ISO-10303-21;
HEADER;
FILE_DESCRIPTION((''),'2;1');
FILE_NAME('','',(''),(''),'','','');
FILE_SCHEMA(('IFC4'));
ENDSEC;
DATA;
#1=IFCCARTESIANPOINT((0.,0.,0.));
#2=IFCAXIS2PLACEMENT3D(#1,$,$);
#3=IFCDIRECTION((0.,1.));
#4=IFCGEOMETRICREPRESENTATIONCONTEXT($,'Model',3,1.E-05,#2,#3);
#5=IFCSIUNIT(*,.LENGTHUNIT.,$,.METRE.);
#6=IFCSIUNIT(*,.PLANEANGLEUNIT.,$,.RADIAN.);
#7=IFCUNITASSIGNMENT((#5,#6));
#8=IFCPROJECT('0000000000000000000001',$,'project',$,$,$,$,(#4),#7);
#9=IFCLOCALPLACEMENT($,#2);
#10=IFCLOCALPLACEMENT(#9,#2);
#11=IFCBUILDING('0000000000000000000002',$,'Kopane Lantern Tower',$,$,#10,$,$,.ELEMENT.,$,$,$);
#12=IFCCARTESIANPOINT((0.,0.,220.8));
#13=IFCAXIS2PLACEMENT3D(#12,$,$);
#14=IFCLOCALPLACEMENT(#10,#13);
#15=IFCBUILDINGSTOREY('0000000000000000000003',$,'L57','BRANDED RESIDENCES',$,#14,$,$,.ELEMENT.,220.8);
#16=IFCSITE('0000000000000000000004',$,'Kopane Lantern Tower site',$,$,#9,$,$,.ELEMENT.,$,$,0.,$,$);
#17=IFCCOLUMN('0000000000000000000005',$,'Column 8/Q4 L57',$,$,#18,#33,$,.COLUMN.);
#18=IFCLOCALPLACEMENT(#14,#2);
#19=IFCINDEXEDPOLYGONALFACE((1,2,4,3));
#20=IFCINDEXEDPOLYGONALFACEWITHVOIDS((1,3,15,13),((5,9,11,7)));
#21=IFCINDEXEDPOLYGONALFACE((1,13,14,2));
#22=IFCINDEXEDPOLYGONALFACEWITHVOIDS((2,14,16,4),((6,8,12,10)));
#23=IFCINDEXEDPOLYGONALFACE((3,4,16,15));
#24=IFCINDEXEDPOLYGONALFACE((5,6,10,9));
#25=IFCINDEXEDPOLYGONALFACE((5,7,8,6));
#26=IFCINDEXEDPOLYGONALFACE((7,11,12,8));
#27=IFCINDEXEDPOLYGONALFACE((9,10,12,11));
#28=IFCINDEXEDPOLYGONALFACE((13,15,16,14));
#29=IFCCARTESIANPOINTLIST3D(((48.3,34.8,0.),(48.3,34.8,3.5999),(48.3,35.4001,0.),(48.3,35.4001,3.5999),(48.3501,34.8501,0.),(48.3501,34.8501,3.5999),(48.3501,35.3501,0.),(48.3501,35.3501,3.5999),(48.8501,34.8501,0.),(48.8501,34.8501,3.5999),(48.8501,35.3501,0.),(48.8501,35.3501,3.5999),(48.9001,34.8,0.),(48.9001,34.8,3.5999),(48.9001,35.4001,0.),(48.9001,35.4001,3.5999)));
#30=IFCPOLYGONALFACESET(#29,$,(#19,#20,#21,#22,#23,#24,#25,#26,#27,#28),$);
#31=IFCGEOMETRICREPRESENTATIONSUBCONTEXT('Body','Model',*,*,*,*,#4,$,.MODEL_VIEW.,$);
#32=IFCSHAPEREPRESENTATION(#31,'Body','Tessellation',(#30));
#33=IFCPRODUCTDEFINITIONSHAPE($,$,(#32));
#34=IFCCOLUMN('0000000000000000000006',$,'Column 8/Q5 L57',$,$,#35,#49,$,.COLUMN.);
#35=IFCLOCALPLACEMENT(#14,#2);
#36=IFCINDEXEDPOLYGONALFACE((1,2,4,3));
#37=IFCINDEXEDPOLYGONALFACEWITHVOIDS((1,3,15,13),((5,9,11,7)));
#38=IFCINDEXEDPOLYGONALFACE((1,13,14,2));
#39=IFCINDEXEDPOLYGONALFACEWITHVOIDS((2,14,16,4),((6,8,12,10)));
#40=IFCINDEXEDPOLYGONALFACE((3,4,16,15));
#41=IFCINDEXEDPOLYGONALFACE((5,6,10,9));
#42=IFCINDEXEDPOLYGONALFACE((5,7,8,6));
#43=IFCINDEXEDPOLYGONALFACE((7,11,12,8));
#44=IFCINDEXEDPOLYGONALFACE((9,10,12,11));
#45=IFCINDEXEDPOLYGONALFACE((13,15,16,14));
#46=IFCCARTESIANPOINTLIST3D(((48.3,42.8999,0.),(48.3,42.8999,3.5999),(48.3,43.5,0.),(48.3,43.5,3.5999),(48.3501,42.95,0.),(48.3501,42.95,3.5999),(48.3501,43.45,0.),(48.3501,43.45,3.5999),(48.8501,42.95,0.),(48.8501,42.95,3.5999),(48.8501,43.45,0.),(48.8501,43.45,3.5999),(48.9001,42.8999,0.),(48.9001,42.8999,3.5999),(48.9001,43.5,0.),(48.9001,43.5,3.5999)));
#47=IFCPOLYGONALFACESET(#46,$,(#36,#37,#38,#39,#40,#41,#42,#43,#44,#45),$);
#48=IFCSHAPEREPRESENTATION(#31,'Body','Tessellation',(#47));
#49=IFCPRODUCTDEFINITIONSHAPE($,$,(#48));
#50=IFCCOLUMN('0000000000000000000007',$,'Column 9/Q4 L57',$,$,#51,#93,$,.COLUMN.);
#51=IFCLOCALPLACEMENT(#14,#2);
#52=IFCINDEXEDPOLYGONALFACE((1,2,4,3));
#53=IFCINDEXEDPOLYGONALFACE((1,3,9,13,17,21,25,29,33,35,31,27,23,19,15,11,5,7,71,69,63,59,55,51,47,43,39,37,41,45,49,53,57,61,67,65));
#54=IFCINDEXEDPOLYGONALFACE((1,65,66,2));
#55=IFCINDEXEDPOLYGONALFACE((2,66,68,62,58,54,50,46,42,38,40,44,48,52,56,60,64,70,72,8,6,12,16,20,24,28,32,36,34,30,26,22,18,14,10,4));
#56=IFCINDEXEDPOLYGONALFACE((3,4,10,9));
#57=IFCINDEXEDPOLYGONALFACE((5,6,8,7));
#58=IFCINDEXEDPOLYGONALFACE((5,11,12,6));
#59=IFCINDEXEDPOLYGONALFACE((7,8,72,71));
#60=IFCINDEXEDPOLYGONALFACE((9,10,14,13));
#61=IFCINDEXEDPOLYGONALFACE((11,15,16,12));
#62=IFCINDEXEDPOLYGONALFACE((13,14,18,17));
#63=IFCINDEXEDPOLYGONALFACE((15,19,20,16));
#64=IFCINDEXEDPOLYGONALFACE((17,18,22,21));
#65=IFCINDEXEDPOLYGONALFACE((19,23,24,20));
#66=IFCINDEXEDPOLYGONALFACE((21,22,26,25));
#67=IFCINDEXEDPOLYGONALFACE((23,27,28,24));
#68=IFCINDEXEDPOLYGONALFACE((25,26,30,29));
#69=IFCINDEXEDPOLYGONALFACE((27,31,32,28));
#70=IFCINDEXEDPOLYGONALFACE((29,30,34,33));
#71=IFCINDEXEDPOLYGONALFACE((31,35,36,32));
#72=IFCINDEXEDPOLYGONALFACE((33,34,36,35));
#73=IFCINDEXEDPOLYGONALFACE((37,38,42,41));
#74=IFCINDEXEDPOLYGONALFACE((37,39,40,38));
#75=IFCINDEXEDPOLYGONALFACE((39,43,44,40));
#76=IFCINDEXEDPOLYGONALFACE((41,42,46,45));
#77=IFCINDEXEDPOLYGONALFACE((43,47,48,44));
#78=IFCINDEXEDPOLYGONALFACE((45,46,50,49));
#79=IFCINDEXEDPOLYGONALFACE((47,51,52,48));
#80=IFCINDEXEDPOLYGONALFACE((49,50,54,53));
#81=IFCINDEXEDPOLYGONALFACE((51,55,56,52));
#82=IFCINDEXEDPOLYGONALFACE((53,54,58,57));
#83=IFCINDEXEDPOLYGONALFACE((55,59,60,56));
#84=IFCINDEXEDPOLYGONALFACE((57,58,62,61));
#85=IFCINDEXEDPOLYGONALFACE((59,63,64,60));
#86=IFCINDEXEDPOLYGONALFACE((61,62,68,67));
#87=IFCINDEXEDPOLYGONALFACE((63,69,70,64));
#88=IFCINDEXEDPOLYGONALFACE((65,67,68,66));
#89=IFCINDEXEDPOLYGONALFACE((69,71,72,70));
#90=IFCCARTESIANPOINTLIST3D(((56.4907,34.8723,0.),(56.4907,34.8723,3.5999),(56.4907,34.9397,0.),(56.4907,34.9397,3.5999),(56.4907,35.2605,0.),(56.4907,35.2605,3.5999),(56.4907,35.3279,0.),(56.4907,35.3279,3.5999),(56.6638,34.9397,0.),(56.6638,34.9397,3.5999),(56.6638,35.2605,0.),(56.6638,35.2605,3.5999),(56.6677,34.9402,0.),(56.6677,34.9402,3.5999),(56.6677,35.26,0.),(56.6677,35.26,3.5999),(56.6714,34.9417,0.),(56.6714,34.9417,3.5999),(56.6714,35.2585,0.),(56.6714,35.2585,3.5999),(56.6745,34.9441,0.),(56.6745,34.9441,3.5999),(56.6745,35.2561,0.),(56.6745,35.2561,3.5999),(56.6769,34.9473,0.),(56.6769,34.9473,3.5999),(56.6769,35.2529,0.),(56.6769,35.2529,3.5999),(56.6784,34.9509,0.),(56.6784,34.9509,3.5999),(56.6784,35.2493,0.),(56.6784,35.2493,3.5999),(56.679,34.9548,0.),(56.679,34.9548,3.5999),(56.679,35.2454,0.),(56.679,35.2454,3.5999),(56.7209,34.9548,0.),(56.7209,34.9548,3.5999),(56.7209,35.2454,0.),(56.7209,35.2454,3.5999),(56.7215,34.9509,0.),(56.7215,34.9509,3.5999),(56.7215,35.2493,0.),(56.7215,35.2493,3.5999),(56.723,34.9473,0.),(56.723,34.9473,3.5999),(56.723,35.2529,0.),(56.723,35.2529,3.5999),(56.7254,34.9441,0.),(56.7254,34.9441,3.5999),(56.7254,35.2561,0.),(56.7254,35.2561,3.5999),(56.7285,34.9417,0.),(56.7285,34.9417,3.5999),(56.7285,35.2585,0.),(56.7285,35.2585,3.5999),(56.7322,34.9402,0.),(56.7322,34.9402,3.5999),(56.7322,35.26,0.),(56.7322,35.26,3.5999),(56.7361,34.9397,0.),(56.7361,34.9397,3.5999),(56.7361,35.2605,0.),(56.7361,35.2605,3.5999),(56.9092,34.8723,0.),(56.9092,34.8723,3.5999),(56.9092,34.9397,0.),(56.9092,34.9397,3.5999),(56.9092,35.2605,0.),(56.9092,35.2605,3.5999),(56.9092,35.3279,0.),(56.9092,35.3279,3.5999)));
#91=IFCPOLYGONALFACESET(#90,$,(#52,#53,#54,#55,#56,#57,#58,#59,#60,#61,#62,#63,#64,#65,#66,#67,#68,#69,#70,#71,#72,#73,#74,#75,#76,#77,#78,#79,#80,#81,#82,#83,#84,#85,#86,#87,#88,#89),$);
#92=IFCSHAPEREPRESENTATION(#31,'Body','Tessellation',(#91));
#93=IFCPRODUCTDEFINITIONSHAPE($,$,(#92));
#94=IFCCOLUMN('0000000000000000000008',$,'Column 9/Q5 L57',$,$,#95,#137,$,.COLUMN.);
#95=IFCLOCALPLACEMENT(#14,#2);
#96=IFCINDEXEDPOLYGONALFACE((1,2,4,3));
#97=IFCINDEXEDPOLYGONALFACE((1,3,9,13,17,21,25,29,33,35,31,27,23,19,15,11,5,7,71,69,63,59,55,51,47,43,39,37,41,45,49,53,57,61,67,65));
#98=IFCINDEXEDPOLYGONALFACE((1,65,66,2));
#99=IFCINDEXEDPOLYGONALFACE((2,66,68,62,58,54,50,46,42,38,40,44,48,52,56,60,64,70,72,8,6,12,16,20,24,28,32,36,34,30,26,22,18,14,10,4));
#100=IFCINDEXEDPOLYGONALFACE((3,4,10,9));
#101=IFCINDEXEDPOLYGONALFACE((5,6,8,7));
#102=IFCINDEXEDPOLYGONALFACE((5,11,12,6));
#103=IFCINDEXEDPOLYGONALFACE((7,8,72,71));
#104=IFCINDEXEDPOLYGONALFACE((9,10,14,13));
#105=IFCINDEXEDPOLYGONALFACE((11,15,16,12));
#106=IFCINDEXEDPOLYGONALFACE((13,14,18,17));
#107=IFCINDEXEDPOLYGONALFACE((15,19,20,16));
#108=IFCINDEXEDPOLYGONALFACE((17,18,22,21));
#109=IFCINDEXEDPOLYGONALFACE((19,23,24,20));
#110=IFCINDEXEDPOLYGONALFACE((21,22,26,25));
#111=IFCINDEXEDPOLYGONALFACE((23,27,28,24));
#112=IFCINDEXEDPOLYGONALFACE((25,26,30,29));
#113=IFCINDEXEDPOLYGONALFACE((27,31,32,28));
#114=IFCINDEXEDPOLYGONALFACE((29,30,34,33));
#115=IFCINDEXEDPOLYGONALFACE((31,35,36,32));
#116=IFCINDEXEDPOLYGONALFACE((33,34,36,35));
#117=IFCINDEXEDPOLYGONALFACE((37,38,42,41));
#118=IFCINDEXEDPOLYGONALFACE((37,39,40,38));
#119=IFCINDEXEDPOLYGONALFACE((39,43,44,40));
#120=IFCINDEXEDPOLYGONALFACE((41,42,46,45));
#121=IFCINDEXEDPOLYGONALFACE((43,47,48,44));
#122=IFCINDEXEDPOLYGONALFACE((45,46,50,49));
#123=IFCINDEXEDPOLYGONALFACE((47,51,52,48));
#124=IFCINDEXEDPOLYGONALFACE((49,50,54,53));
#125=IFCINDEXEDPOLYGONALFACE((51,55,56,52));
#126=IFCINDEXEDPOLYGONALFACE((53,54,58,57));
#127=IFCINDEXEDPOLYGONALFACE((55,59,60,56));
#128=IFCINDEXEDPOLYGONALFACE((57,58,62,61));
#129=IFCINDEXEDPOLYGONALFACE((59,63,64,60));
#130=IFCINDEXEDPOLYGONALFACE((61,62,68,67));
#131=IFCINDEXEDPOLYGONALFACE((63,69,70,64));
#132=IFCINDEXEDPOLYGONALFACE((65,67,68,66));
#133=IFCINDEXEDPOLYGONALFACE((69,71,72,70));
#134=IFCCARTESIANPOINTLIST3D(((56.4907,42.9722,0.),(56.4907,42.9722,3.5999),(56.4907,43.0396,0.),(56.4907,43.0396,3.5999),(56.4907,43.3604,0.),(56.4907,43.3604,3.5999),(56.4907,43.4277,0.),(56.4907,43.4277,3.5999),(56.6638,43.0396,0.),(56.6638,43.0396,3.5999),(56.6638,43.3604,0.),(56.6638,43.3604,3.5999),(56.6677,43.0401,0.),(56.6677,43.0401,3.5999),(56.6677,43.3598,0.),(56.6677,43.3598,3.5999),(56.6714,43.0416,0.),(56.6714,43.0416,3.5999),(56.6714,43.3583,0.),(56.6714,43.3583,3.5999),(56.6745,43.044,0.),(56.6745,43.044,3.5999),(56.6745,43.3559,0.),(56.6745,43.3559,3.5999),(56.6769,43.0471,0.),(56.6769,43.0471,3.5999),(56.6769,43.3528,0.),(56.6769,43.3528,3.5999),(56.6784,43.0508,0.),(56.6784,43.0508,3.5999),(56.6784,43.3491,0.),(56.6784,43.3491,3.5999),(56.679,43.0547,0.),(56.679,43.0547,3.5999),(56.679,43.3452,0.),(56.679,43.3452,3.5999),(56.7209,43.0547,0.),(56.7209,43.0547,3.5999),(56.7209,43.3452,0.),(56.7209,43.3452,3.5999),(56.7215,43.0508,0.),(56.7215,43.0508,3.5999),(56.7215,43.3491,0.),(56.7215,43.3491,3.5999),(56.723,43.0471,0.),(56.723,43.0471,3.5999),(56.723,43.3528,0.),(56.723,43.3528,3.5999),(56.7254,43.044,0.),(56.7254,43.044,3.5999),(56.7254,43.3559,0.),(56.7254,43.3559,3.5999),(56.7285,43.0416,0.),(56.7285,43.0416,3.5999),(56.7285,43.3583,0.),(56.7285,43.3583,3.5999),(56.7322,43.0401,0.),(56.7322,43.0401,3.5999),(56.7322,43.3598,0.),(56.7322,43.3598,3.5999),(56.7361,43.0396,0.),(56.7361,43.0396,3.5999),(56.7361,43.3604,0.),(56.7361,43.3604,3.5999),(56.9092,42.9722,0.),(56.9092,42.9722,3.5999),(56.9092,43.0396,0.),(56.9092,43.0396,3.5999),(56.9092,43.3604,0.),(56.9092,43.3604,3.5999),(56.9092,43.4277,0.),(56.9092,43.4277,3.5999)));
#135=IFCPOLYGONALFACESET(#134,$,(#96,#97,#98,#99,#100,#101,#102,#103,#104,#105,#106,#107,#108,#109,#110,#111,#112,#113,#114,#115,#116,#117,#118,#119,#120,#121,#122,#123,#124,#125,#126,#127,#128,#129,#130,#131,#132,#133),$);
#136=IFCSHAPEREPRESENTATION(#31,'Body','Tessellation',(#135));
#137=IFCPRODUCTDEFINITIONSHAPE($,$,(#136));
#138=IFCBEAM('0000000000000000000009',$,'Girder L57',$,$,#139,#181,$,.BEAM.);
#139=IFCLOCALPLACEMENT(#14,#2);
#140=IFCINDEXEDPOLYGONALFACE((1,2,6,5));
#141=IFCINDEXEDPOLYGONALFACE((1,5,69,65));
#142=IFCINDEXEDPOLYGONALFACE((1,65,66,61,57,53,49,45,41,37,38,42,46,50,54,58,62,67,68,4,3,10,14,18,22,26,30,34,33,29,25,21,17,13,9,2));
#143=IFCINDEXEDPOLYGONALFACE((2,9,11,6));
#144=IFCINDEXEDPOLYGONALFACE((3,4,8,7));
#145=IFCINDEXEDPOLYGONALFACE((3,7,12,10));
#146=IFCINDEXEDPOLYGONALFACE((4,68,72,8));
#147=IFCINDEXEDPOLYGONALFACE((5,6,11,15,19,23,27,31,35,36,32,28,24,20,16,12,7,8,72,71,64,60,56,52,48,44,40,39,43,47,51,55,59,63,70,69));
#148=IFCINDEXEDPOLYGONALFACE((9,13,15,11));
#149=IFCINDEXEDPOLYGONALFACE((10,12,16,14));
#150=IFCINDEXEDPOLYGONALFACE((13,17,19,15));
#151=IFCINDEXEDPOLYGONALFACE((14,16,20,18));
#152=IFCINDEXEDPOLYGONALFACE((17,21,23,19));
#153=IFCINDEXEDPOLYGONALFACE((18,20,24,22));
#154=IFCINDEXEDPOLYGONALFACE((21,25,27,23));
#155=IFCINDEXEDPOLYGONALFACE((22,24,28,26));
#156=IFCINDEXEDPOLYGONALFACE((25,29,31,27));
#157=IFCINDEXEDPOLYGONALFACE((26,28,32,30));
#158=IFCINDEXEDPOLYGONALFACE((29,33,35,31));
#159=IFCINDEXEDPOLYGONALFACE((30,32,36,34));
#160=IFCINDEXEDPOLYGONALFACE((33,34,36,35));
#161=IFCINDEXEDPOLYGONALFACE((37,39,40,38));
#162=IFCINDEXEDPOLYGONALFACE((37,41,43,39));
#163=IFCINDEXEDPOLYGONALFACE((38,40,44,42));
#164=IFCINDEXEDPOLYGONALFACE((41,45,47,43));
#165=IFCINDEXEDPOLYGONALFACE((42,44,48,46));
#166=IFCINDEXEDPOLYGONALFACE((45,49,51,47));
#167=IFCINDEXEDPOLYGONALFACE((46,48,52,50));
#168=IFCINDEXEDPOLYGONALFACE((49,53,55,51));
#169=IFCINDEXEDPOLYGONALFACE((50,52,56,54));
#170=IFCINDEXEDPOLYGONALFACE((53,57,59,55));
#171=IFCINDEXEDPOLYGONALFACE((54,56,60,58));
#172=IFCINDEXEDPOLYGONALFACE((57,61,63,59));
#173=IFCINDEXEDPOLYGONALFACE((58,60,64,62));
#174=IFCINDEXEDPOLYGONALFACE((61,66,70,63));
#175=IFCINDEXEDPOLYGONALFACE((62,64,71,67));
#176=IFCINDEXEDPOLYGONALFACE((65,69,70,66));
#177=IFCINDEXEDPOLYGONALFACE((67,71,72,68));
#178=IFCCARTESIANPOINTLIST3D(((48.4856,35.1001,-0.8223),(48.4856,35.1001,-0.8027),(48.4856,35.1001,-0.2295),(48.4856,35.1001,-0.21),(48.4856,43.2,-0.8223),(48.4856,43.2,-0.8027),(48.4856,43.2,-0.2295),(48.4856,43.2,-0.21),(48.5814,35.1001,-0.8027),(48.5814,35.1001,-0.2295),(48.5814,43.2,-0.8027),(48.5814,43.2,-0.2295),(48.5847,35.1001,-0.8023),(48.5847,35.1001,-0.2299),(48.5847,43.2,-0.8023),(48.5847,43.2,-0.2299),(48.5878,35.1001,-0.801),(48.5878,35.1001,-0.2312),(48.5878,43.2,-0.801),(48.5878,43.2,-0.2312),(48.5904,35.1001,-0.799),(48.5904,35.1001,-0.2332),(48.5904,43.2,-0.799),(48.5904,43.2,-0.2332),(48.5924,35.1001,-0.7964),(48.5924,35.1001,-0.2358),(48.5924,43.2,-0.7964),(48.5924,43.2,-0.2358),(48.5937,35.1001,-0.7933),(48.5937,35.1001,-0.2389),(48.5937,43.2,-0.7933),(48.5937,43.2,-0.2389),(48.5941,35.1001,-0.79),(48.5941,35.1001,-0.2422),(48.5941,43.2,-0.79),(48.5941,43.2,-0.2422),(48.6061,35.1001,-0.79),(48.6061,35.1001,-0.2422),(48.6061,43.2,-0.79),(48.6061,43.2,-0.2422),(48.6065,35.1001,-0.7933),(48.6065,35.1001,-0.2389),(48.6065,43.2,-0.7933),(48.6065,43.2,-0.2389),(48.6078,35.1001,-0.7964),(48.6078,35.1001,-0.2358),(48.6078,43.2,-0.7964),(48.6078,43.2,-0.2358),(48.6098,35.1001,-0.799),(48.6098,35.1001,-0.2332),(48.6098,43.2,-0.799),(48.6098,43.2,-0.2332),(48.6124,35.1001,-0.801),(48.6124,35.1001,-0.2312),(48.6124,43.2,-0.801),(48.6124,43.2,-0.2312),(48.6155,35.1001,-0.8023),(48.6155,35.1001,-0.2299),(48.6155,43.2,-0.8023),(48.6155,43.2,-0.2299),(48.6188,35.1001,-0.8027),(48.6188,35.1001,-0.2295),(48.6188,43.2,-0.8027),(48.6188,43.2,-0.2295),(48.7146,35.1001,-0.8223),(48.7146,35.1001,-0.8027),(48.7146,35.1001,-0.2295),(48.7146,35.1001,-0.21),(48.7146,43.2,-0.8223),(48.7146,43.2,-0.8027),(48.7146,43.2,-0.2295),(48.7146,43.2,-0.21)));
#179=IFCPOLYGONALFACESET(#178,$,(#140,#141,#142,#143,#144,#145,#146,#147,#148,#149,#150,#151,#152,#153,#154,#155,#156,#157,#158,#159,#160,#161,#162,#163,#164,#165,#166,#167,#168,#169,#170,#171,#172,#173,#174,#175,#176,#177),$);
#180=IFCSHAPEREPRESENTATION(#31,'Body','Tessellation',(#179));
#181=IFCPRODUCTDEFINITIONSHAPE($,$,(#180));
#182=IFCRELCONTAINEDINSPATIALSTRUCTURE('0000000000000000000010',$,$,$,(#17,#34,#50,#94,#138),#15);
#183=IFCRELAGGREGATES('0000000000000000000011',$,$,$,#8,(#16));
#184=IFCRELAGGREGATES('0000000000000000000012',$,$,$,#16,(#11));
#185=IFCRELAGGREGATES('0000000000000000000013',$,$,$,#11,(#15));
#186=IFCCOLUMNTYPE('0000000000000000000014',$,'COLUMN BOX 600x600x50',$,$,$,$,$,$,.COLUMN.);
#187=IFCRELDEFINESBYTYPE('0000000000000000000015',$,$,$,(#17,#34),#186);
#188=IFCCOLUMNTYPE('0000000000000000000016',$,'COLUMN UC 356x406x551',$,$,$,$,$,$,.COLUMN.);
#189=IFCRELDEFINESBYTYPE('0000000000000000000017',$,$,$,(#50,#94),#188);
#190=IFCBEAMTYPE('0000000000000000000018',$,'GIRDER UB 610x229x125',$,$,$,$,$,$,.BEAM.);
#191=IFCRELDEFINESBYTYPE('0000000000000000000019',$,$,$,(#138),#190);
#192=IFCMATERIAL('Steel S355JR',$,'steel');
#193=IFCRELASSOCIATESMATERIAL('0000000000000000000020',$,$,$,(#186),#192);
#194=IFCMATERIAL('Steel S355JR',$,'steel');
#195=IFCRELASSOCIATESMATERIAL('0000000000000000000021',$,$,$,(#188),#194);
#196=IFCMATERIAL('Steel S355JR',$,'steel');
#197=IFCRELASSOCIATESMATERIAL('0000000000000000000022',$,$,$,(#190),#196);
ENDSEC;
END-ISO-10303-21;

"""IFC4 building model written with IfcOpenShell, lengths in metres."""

from ifc_helpers import new_model, si_unit, direction, frame, origin, origin_2d, place, context, subcontext, project, spatial, hollow_rectangle, i_section, extrude, material, material_profile, profile_set, type_object, element, save


model = new_model("IFC4")

# Units and contexts
model_context = context("Model", 3, precision=1e-05, world=origin(), true_north=direction((0.0, 1.0)))
body_context = subcontext(model_context, "Body", "Model", "MODEL_VIEW")
ifc_project = project(units=[si_unit("LENGTHUNIT", "METRE"), si_unit("PLANEANGLEUNIT", "RADIAN")], contexts=[model_context])

# Site, building, storey
site_placement = place(None, origin())
site = spatial("IfcSite", under=ifc_project, at=site_placement, Name="Kopane Lantern Tower site", CompositionType="ELEMENT", RefElevation=0.0)
building_placement = place(site_placement, origin())
building = spatial("IfcBuilding", under=site, at=building_placement, Name="Kopane Lantern Tower", CompositionType="ELEMENT")
storey_placement = place(building_placement, frame((0.0, 0.0, 220.8)))
storey = spatial("IfcBuildingStorey", under=building, at=storey_placement, Name="L57", Description="BRANDED RESIDENCES", CompositionType="ELEMENT", Elevation=220.8)

# Columns
ifc_material_1 = material(Name="Steel S355JR", Category="steel")
ifc_material_profile_1 = material_profile(ifc_material_1, hollow_rectangle(XDim=0.6001, YDim=0.6001, WallThickness=0.05, at=origin_2d()), Name="BOX 600x600x50")
ifc_profile_set_1 = profile_set([ifc_material_profile_1], Name="Steel S355JR")
column_type_1 = type_object("IfcColumnType", Name="COLUMN BOX 600x600x50", PredefinedType="COLUMN", material=ifc_profile_set_1)
for number, where, z_axis, x_axis, name in (
    (1, (48.6001, 35.1001, 0.0), (0.0, 0.0, 1.0), (1.0, 0.0, 0.0), "Column 8/Q4 L57"),
    (2, (48.6001, 43.2, 0.0), (0.0, 0.0, 1.0), (1.0, 0.0, 0.0), "Column 8/Q5 L57"),
):
    element("IfcColumn", number, at=place(storey_placement, frame(where, z_axis=z_axis, x_axis=x_axis)), inside=storey, type_object=column_type_1, Name=name, PredefinedType="COLUMN", context=body_context, shape_type="SweptSolid", body=[
        extrude(hollow_rectangle(XDim=0.6001, YDim=0.6001, WallThickness=0.05, at=origin_2d()), origin(), (0.0, 0.0, 1.0), 3.5999),
    ])
ifc_material_2 = material(Name="Steel S355JR", Category="steel")
ifc_material_profile_2 = material_profile(ifc_material_2, i_section(OverallWidth=0.4185, OverallDepth=0.4556, WebThickness=0.042, FlangeThickness=0.0674, FilletRadius=0.0151, at=origin_2d()), Name="UC 356x406x551")
ifc_profile_set_2 = profile_set([ifc_material_profile_2], Name="Steel S355JR")
column_type_2 = type_object("IfcColumnType", Name="COLUMN UC 356x406x551", PredefinedType="COLUMN", material=ifc_profile_set_2)
for number, where, z_axis, x_axis, name in (
    (3, (56.7, 35.1001, 0.0), (0.0, 0.0, 1.0), (1.0, 0.0, 0.0), "Column 9/Q4 L57"),
    (4, (56.7, 43.2, 0.0), (0.0, 0.0, 1.0), (1.0, 0.0, 0.0), "Column 9/Q5 L57"),
):
    element("IfcColumn", number, at=place(storey_placement, frame(where, z_axis=z_axis, x_axis=x_axis)), inside=storey, type_object=column_type_2, Name=name, PredefinedType="COLUMN", context=body_context, shape_type="SweptSolid", body=[
        extrude(i_section(OverallWidth=0.4185, OverallDepth=0.4556, WebThickness=0.042, FlangeThickness=0.0674, FilletRadius=0.0151, at=origin_2d()), origin(), (0.0, 0.0, 1.0), 3.5999),
    ])

# Beam
ifc_material_3 = material(Name="Steel S355JR", Category="steel")
ifc_material_profile_3 = material_profile(ifc_material_3, i_section(OverallWidth=0.229, OverallDepth=0.6123, WebThickness=0.012, FlangeThickness=0.0195, FilletRadius=0.0127, at=origin_2d()), Name="UB 610x229x125")
ifc_profile_set_3 = profile_set([ifc_material_profile_3], Name="Steel S355JR")
beam_type = type_object("IfcBeamType", Name="GIRDER UB 610x229x125", PredefinedType="BEAM", material=ifc_profile_set_3)
for number, where, z_axis, x_axis, name in (
    (5, (48.6001, 35.1001, -0.5161), (0.0, 1.0, 0.0), (-1.0, 0.0, 0.0), "Girder L57"),
):
    element("IfcBeam", number, at=place(storey_placement, frame(where, z_axis=z_axis, x_axis=x_axis)), inside=storey, type_object=beam_type, Name=name, PredefinedType="BEAM", context=body_context, shape_type="SweptSolid", body=[
        extrude(i_section(OverallWidth=0.229, OverallDepth=0.6123, WebThickness=0.012, FlangeThickness=0.0195, FilletRadius=0.0127, at=origin_2d()), origin(), (0.0, 0.0, 1.0), 8.0999),
    ])

save(model, "model.ifc")
